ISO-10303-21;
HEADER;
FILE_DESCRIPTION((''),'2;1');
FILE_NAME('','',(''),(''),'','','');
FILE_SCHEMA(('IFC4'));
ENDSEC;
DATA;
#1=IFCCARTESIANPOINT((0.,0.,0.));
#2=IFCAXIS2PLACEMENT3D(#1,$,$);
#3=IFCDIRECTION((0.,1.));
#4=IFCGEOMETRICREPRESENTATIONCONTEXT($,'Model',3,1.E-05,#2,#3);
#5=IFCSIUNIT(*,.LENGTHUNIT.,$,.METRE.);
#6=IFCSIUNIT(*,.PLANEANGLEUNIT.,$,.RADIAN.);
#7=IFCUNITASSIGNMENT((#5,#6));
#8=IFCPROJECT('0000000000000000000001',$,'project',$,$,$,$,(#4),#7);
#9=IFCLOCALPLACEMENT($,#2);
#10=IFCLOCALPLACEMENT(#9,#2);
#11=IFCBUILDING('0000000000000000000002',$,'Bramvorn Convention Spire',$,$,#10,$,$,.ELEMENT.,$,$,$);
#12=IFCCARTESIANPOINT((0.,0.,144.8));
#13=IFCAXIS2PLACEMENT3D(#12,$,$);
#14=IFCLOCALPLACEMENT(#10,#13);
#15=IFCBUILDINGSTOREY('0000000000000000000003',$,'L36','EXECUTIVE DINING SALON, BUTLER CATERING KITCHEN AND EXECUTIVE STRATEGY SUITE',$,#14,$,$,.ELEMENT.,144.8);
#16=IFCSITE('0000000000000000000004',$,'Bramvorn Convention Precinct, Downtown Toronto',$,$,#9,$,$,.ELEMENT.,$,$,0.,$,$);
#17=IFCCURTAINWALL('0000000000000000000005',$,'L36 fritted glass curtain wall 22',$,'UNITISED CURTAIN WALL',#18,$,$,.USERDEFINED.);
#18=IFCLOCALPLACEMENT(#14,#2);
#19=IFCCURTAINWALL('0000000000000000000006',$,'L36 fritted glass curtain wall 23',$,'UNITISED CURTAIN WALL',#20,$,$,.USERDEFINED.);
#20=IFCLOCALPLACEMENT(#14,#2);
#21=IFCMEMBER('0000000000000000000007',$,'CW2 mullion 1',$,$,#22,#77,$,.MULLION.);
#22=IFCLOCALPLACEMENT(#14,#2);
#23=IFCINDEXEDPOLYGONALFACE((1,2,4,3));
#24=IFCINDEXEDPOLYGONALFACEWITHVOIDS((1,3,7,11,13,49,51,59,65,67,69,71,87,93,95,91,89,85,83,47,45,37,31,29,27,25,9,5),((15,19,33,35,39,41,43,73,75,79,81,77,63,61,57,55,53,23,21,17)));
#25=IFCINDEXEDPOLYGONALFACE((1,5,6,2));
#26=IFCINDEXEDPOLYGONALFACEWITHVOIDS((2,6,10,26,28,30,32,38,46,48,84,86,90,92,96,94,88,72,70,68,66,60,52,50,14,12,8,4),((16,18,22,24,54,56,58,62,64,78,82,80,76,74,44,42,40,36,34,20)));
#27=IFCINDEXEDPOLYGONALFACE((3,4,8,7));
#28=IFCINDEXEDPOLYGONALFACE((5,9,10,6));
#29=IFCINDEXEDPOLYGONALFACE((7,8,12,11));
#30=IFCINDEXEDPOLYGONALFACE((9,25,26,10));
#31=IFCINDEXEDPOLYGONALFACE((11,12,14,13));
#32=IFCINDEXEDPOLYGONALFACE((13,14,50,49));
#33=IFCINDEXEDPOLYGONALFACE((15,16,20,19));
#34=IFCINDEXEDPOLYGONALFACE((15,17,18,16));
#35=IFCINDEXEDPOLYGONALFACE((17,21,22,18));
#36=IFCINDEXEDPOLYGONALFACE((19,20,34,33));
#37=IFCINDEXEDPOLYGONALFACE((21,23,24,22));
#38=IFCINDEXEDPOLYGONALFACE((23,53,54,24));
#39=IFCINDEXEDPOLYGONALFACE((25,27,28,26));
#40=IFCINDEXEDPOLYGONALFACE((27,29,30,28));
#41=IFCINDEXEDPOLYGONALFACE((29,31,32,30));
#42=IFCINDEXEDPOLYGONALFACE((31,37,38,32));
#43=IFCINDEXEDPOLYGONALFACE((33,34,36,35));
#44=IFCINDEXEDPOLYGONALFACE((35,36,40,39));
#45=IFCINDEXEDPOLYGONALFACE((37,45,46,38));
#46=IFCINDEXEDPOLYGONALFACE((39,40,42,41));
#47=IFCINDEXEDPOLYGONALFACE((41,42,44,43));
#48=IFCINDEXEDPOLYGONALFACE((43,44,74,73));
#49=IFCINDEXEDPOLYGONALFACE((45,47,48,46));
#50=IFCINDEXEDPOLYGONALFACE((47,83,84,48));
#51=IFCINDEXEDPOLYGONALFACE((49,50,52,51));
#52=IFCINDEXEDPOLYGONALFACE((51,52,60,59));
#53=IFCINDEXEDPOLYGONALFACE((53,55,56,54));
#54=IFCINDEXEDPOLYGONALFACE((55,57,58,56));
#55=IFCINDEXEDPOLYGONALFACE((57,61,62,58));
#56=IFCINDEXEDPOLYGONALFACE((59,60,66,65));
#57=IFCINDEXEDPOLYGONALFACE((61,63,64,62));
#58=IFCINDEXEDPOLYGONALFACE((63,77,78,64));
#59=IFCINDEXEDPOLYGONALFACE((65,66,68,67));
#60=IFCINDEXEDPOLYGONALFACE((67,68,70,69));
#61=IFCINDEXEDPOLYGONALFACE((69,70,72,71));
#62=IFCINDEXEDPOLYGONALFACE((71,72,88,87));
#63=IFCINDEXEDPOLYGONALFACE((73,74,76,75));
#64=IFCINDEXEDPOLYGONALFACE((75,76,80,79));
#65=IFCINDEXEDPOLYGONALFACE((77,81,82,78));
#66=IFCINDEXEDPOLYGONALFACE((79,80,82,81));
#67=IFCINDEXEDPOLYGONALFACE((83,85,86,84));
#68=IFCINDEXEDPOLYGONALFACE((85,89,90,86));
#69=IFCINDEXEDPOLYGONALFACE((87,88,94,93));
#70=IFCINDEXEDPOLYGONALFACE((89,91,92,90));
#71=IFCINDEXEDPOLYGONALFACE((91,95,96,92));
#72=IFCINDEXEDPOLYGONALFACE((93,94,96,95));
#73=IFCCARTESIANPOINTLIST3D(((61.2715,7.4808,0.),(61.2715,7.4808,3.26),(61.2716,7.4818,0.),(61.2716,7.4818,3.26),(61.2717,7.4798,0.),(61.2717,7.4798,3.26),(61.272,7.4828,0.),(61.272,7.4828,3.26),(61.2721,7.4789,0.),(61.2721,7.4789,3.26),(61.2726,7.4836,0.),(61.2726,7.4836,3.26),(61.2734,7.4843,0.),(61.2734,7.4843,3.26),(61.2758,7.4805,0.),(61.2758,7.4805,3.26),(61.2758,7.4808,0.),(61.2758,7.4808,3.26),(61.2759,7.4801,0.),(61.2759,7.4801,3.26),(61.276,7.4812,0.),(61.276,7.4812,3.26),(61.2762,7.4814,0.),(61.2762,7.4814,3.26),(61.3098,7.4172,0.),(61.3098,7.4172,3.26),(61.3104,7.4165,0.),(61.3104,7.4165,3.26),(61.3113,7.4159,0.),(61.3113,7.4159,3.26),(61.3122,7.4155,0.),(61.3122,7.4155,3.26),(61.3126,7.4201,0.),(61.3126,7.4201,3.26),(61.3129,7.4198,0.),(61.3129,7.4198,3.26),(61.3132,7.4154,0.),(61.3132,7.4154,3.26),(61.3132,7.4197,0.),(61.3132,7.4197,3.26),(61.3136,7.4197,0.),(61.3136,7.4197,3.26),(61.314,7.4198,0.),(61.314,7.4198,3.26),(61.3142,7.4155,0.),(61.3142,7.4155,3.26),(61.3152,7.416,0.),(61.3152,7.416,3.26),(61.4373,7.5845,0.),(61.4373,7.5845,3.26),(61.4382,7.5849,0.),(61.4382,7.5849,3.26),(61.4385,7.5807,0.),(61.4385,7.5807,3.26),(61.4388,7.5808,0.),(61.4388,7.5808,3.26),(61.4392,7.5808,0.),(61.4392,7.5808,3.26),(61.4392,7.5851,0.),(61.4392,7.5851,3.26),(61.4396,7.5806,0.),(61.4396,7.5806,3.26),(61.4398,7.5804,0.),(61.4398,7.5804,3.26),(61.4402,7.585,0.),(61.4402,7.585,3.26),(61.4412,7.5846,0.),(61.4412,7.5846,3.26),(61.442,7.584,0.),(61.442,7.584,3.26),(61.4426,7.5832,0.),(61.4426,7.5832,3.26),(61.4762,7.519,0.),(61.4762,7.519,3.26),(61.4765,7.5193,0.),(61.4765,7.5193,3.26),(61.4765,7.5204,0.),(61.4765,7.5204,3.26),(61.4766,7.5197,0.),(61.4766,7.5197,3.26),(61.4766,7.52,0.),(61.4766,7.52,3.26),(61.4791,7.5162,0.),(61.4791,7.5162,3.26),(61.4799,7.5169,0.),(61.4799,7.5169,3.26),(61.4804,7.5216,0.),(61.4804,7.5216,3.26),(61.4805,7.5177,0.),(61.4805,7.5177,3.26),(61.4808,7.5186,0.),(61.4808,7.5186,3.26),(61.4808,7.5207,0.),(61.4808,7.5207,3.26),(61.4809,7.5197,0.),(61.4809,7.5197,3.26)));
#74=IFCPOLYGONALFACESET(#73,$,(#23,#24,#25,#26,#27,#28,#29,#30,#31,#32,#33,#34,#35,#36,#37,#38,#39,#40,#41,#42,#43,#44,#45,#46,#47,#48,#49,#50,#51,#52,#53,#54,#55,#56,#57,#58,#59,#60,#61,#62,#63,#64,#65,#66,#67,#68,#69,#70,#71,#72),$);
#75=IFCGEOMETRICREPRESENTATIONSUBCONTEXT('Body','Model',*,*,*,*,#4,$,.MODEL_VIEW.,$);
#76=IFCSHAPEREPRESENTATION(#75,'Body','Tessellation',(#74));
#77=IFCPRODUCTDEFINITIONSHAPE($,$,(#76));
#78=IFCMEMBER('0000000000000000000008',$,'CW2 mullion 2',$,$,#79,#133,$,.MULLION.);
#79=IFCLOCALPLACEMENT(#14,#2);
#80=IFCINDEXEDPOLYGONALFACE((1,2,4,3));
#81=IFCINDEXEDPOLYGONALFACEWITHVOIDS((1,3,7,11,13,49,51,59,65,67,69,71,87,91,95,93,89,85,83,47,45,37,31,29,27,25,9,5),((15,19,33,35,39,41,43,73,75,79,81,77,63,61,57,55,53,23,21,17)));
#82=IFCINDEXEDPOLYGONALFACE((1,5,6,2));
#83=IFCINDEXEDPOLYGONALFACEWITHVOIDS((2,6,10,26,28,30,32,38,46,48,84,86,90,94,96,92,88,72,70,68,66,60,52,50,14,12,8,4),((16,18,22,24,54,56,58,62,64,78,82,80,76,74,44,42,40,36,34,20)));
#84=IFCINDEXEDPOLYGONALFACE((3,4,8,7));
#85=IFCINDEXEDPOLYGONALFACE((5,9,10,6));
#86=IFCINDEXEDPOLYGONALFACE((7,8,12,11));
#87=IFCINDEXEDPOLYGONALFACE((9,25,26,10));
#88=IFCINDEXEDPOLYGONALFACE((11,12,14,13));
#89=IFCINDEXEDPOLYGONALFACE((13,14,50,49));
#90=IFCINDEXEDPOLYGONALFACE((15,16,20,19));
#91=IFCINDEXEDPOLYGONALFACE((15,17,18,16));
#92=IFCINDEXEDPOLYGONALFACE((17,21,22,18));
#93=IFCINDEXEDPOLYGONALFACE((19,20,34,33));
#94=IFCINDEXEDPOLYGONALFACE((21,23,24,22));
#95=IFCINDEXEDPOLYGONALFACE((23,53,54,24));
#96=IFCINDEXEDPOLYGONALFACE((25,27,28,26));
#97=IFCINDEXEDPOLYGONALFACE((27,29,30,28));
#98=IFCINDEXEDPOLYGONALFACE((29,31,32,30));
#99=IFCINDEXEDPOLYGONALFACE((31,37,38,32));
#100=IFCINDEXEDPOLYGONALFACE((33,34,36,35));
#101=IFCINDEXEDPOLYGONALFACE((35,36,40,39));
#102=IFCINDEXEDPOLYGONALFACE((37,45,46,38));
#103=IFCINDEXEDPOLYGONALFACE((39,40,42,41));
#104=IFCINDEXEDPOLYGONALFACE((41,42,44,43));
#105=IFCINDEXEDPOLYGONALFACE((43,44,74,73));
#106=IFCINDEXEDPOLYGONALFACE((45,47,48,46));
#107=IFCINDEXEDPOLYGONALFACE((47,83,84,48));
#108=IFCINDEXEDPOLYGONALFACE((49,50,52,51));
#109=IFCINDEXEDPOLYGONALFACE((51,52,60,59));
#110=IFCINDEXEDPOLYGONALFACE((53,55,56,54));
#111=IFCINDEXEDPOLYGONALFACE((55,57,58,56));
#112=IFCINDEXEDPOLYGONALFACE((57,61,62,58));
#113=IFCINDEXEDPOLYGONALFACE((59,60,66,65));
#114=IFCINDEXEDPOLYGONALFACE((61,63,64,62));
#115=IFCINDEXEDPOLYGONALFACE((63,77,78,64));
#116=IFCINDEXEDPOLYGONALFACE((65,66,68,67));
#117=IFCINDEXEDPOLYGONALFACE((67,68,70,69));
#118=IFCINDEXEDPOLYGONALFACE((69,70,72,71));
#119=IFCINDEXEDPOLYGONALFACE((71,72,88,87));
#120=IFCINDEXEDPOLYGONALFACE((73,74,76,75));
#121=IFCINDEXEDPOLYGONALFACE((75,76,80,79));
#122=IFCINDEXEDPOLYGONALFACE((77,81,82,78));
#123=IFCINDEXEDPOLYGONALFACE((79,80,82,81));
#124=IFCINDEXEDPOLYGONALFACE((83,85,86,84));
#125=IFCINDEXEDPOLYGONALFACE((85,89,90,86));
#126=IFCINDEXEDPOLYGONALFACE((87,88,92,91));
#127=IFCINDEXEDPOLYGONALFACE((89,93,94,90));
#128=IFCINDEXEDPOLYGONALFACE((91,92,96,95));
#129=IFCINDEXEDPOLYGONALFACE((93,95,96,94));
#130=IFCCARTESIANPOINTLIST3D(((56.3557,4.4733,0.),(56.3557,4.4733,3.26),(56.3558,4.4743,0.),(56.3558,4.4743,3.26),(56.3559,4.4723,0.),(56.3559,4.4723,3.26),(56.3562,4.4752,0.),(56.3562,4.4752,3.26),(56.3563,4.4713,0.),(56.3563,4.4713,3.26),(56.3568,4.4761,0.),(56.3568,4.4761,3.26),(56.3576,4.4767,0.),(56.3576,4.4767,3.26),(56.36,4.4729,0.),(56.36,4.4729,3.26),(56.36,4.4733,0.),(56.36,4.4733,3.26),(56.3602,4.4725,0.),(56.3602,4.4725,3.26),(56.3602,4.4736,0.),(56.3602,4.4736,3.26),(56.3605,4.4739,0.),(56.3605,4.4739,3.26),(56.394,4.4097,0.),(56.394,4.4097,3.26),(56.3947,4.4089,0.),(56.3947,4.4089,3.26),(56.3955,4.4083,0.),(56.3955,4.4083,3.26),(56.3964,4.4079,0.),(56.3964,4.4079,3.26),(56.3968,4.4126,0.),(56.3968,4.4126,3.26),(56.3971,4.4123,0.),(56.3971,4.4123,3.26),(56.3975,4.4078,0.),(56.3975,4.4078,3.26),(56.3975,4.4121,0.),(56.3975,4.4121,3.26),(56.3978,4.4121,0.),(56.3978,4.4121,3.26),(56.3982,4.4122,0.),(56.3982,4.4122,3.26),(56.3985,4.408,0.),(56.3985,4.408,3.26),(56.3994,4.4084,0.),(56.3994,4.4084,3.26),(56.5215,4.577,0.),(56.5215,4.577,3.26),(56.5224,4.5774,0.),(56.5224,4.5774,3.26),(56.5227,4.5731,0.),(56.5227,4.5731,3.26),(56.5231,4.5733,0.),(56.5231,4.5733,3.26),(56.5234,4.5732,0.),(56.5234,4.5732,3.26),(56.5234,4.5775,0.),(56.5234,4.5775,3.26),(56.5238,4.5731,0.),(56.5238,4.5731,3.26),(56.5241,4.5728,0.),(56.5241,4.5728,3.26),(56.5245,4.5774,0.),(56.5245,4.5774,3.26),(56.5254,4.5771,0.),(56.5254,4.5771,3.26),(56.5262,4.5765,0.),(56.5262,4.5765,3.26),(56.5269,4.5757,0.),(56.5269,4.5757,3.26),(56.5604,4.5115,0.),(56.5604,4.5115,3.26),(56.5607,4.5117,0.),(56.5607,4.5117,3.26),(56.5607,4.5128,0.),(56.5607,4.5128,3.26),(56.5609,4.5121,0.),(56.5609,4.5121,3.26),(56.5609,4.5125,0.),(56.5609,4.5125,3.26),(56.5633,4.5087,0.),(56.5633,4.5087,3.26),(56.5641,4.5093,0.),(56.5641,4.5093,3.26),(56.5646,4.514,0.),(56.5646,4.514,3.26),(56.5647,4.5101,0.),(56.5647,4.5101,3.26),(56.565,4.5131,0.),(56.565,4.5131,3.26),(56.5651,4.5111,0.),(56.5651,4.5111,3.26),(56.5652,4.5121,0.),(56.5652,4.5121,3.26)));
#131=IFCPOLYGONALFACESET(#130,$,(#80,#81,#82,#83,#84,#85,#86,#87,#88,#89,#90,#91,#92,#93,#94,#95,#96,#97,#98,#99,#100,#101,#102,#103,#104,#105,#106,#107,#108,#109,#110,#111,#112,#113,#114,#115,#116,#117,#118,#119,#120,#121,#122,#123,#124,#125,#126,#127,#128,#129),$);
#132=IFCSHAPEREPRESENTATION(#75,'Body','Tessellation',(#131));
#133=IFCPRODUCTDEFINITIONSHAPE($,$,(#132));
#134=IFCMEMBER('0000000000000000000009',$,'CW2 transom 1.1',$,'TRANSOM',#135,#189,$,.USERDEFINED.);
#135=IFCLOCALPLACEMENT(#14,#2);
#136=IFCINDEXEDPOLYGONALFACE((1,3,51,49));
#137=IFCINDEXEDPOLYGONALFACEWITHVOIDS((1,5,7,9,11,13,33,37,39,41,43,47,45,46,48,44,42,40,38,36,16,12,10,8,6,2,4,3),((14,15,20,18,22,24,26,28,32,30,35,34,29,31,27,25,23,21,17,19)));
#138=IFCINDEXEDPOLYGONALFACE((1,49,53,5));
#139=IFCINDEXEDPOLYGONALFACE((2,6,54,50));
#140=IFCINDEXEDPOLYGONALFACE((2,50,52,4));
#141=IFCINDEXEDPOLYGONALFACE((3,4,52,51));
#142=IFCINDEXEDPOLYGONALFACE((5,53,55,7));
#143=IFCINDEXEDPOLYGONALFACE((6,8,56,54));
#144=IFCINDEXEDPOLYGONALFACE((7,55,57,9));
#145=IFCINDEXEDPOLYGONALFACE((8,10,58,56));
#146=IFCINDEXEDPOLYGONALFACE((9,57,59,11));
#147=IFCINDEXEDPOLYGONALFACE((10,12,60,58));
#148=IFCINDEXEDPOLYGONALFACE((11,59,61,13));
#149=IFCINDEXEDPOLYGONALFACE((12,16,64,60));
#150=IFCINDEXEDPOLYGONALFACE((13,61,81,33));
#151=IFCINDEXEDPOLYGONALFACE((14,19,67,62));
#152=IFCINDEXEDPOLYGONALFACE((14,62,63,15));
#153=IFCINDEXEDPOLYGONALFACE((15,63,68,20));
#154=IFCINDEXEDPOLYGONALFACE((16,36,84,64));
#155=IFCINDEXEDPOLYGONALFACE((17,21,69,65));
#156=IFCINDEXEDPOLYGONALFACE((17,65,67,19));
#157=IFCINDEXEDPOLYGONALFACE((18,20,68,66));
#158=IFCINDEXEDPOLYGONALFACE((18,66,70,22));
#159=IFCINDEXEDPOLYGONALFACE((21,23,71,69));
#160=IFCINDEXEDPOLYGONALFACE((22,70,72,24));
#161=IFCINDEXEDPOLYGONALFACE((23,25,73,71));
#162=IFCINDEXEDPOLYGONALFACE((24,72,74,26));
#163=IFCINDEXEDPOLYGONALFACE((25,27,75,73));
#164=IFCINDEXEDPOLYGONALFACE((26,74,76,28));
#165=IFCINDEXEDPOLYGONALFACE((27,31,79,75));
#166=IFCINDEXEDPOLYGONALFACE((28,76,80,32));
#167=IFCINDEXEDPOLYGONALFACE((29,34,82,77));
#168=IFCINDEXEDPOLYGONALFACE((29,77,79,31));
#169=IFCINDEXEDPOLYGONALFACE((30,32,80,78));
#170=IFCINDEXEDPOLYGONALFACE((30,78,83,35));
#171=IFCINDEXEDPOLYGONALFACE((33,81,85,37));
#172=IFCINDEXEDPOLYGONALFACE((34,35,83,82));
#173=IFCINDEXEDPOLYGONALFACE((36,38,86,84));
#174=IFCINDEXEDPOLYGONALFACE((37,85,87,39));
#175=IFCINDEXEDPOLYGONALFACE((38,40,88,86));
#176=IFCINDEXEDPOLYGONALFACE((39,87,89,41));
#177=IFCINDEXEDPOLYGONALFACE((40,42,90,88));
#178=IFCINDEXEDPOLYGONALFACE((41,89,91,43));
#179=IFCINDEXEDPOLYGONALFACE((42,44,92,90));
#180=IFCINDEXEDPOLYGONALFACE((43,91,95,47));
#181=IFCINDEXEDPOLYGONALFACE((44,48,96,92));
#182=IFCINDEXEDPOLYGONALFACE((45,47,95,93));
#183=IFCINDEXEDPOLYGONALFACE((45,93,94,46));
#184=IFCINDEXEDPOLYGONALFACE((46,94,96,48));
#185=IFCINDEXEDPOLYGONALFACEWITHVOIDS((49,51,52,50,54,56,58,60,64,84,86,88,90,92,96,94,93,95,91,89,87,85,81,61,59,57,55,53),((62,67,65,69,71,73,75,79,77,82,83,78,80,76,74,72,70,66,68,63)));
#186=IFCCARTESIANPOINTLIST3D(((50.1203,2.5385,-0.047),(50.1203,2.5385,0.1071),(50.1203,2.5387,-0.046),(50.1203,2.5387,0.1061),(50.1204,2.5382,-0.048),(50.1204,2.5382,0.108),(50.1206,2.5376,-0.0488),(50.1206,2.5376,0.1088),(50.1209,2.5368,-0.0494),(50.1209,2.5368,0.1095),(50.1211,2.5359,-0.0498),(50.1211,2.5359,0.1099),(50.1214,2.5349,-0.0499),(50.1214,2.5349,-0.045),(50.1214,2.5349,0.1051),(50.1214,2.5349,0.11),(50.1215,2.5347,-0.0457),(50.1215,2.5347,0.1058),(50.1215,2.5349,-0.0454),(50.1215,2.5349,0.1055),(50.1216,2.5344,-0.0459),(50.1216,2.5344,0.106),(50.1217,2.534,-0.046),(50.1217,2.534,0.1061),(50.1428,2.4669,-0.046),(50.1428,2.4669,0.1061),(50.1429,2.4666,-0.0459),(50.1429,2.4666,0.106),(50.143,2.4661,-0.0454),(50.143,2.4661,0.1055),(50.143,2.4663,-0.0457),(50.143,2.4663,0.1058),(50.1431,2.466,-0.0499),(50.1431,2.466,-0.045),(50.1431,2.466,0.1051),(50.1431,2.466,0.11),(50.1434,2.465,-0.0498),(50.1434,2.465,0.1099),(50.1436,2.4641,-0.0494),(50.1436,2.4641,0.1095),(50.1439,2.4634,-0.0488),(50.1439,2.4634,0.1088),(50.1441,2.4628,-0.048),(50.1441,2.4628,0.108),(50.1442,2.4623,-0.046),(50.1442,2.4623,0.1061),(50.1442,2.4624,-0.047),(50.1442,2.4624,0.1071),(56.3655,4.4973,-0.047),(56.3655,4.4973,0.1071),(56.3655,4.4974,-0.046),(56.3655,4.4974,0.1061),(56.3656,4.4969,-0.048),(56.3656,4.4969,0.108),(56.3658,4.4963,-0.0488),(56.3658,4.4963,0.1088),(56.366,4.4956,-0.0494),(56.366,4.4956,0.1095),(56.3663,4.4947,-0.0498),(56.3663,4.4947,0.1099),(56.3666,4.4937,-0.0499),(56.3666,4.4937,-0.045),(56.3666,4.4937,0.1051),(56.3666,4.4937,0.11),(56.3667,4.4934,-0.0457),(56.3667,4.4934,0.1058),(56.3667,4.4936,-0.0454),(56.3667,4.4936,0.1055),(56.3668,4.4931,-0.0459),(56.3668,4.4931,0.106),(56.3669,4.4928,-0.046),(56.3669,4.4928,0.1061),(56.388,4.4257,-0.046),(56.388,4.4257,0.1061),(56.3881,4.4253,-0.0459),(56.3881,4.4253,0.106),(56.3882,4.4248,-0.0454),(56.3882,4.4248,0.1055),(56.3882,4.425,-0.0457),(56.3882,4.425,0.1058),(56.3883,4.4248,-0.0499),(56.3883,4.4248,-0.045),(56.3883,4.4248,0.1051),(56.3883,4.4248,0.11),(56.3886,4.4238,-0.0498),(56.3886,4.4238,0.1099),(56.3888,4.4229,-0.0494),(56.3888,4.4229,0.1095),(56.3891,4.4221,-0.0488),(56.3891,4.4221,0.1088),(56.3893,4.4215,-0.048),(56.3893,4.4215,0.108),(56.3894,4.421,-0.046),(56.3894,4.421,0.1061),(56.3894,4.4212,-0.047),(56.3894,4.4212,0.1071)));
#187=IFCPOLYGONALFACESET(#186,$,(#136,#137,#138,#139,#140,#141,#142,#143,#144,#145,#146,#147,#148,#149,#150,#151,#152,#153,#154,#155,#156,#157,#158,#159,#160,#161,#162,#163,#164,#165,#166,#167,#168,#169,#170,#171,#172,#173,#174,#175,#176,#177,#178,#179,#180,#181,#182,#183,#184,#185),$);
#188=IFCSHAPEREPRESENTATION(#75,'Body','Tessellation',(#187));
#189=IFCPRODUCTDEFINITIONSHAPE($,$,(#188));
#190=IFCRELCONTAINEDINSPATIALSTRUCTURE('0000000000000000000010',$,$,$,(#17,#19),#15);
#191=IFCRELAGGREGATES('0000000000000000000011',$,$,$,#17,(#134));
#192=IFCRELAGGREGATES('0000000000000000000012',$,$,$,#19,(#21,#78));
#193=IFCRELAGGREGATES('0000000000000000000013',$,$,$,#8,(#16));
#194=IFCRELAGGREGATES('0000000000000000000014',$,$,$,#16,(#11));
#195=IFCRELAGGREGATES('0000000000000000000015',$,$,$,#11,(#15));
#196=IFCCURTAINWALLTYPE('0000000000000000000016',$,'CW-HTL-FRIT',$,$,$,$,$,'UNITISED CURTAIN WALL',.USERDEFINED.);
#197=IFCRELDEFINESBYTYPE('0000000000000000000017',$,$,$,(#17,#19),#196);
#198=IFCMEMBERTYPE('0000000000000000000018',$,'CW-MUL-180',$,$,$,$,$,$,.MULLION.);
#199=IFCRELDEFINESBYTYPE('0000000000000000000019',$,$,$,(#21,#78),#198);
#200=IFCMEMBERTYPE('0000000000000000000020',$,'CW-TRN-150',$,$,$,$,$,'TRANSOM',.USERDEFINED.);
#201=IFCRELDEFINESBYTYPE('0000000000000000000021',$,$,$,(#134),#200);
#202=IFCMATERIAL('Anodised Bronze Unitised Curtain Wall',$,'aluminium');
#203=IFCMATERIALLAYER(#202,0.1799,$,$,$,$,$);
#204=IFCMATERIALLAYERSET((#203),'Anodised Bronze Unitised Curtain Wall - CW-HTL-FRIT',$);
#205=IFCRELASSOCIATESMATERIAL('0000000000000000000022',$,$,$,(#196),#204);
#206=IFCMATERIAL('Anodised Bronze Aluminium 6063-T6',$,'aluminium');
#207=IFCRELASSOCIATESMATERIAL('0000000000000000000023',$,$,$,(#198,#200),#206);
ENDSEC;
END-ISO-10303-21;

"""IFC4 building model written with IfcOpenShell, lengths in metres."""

from ifc_helpers import new_model, si_unit, direction, frame, origin, origin_2d, place, context, subcontext, project, spatial, hollow_rectangle, extrude, material, layer, layer_set, material_profile, profile_set, type_object, element, aggregate, save


model = new_model("IFC4")

# Units and contexts
model_context = context("Model", 3, precision=1e-05, world=origin(), true_north=direction((0.0, 1.0)))
body_context = subcontext(model_context, "Body", "Model", "MODEL_VIEW")
ifc_project = project(units=[si_unit("LENGTHUNIT", "METRE"), si_unit("PLANEANGLEUNIT", "RADIAN")], contexts=[model_context])

# Site, building, storey
site_placement = place(None, origin())
site = spatial("IfcSite", under=ifc_project, at=site_placement, Name="Bramvorn Convention Precinct, Downtown Toronto", CompositionType="ELEMENT", RefElevation=0.0)
building_placement = place(site_placement, origin())
building = spatial("IfcBuilding", under=site, at=building_placement, Name="Bramvorn Convention Spire", CompositionType="ELEMENT")
storey_placement = place(building_placement, frame((0.0, 0.0, 144.8)))
storey = spatial("IfcBuildingStorey", under=building, at=storey_placement, Name="L36", Description="EXECUTIVE DINING SALON, BUTLER CATERING KITCHEN AND EXECUTIVE STRATEGY SUITE", CompositionType="ELEMENT", Elevation=144.8)

# Curtain walls, members
ifc_material_1 = material(Name="Anodised Bronze Unitised Curtain Wall", Category="aluminium")
ifc_layer_1 = layer(ifc_material_1, 0.1799)
ifc_layer_set_1 = layer_set([ifc_layer_1], Name="Anodised Bronze Unitised Curtain Wall - CW-HTL-FRIT")
curtain_wall_type = type_object("IfcCurtainWallType", Name="CW-HTL-FRIT", ElementType="UNITISED CURTAIN WALL", PredefinedType="USERDEFINED", material=ifc_layer_set_1)
curtain_wall_1_placement = place(storey_placement, origin())
curtain_wall_1 = element("IfcCurtainWall", 1, at=curtain_wall_1_placement, inside=storey, type_object=curtain_wall_type, Name="L36 fritted glass curtain wall 22", ObjectType="UNITISED CURTAIN WALL", PredefinedType="USERDEFINED")
ifc_material_2 = material(Name="Anodised Bronze Aluminium 6063-T6", Category="aluminium")
ifc_material_profile_1 = material_profile(ifc_material_2, hollow_rectangle(XDim=0.0801, YDim=0.2, WallThickness=0.0039, InnerFilletRadius=0.001, OuterFilletRadius=0.0039, at=origin_2d()))
ifc_profile_set_1 = profile_set([ifc_material_profile_1], Name="Anodised Bronze Aluminium 6063-T6 - CWM80X200")
member_type_1 = type_object("IfcMemberType", Name="CW-MUL-180", PredefinedType="MULLION", material=ifc_profile_set_1)
curtain_wall_2_placement = place(storey_placement, origin())
curtain_wall_2 = element("IfcCurtainWall", 2, at=curtain_wall_2_placement, inside=storey, type_object=curtain_wall_type, Name="L36 fritted glass curtain wall 23", ObjectType="UNITISED CURTAIN WALL", PredefinedType="USERDEFINED")
member_1_placement = place(storey_placement, frame((61.3762, 7.5002, 0.0), z_axis=(0.0, 0.0, 1.0), x_axis=(0.521872, -0.853024, 0.0)))
member_1 = element("IfcMember", 3, at=member_1_placement, type_object=member_type_1, Name="CW2 mullion 1", PredefinedType="MULLION", context=body_context, shape_type="SweptSolid", body=[
    extrude(hollow_rectangle(XDim=0.0801, YDim=0.2, WallThickness=0.0039, InnerFilletRadius=0.001, OuterFilletRadius=0.0039, at=origin_2d()), origin(), (0.0, 0.0, 1.0), 3.26),
])
member_2_placement = place(storey_placement, frame((56.4604, 4.4927, 0.0), z_axis=(0.0, 0.0, 1.0), x_axis=(0.521872, -0.853024, 0.0)))
member_2 = element("IfcMember", 4, at=member_2_placement, type_object=member_type_1, Name="CW2 mullion 2", PredefinedType="MULLION", context=body_context, shape_type="SweptSolid", body=[
    extrude(hollow_rectangle(XDim=0.0801, YDim=0.2, WallThickness=0.0039, InnerFilletRadius=0.001, OuterFilletRadius=0.0039, at=origin_2d()), origin(), (0.0, 0.0, 1.0), 3.26),
])

# Member
ifc_material_profile_2 = material_profile(ifc_material_2, hollow_rectangle(XDim=0.0801, YDim=0.1599, WallThickness=0.0039, InnerFilletRadius=0.001, OuterFilletRadius=0.0039, at=origin_2d()))
ifc_profile_set_2 = profile_set([ifc_material_profile_2], Name="Anodised Bronze Aluminium 6063-T6 - CWT80X160")
member_type_2 = type_object("IfcMemberType", Name="CW-TRN-150", ElementType="TRANSOM", PredefinedType="USERDEFINED", material=ifc_profile_set_2)
member_3_placement = place(storey_placement, frame((56.3774, 4.4592, 0.03), z_axis=(-0.954169, -0.299269, 0.0), x_axis=(0.299269, -0.954169, 0.0)))
member_3 = element("IfcMember", 5, at=member_3_placement, type_object=member_type_2, Name="CW2 transom 1.1", ObjectType="TRANSOM", PredefinedType="USERDEFINED", context=body_context, shape_type="SweptSolid", body=[
    extrude(hollow_rectangle(XDim=0.0801, YDim=0.1599, WallThickness=0.0039, InnerFilletRadius=0.001, OuterFilletRadius=0.0039, at=origin_2d()), origin(), (0.0, 0.0, 1.0), 6.5452),
])

aggregate(curtain_wall_1, [member_3])
aggregate(curtain_wall_2, [member_1, member_2])

save(model, "model.ifc")
